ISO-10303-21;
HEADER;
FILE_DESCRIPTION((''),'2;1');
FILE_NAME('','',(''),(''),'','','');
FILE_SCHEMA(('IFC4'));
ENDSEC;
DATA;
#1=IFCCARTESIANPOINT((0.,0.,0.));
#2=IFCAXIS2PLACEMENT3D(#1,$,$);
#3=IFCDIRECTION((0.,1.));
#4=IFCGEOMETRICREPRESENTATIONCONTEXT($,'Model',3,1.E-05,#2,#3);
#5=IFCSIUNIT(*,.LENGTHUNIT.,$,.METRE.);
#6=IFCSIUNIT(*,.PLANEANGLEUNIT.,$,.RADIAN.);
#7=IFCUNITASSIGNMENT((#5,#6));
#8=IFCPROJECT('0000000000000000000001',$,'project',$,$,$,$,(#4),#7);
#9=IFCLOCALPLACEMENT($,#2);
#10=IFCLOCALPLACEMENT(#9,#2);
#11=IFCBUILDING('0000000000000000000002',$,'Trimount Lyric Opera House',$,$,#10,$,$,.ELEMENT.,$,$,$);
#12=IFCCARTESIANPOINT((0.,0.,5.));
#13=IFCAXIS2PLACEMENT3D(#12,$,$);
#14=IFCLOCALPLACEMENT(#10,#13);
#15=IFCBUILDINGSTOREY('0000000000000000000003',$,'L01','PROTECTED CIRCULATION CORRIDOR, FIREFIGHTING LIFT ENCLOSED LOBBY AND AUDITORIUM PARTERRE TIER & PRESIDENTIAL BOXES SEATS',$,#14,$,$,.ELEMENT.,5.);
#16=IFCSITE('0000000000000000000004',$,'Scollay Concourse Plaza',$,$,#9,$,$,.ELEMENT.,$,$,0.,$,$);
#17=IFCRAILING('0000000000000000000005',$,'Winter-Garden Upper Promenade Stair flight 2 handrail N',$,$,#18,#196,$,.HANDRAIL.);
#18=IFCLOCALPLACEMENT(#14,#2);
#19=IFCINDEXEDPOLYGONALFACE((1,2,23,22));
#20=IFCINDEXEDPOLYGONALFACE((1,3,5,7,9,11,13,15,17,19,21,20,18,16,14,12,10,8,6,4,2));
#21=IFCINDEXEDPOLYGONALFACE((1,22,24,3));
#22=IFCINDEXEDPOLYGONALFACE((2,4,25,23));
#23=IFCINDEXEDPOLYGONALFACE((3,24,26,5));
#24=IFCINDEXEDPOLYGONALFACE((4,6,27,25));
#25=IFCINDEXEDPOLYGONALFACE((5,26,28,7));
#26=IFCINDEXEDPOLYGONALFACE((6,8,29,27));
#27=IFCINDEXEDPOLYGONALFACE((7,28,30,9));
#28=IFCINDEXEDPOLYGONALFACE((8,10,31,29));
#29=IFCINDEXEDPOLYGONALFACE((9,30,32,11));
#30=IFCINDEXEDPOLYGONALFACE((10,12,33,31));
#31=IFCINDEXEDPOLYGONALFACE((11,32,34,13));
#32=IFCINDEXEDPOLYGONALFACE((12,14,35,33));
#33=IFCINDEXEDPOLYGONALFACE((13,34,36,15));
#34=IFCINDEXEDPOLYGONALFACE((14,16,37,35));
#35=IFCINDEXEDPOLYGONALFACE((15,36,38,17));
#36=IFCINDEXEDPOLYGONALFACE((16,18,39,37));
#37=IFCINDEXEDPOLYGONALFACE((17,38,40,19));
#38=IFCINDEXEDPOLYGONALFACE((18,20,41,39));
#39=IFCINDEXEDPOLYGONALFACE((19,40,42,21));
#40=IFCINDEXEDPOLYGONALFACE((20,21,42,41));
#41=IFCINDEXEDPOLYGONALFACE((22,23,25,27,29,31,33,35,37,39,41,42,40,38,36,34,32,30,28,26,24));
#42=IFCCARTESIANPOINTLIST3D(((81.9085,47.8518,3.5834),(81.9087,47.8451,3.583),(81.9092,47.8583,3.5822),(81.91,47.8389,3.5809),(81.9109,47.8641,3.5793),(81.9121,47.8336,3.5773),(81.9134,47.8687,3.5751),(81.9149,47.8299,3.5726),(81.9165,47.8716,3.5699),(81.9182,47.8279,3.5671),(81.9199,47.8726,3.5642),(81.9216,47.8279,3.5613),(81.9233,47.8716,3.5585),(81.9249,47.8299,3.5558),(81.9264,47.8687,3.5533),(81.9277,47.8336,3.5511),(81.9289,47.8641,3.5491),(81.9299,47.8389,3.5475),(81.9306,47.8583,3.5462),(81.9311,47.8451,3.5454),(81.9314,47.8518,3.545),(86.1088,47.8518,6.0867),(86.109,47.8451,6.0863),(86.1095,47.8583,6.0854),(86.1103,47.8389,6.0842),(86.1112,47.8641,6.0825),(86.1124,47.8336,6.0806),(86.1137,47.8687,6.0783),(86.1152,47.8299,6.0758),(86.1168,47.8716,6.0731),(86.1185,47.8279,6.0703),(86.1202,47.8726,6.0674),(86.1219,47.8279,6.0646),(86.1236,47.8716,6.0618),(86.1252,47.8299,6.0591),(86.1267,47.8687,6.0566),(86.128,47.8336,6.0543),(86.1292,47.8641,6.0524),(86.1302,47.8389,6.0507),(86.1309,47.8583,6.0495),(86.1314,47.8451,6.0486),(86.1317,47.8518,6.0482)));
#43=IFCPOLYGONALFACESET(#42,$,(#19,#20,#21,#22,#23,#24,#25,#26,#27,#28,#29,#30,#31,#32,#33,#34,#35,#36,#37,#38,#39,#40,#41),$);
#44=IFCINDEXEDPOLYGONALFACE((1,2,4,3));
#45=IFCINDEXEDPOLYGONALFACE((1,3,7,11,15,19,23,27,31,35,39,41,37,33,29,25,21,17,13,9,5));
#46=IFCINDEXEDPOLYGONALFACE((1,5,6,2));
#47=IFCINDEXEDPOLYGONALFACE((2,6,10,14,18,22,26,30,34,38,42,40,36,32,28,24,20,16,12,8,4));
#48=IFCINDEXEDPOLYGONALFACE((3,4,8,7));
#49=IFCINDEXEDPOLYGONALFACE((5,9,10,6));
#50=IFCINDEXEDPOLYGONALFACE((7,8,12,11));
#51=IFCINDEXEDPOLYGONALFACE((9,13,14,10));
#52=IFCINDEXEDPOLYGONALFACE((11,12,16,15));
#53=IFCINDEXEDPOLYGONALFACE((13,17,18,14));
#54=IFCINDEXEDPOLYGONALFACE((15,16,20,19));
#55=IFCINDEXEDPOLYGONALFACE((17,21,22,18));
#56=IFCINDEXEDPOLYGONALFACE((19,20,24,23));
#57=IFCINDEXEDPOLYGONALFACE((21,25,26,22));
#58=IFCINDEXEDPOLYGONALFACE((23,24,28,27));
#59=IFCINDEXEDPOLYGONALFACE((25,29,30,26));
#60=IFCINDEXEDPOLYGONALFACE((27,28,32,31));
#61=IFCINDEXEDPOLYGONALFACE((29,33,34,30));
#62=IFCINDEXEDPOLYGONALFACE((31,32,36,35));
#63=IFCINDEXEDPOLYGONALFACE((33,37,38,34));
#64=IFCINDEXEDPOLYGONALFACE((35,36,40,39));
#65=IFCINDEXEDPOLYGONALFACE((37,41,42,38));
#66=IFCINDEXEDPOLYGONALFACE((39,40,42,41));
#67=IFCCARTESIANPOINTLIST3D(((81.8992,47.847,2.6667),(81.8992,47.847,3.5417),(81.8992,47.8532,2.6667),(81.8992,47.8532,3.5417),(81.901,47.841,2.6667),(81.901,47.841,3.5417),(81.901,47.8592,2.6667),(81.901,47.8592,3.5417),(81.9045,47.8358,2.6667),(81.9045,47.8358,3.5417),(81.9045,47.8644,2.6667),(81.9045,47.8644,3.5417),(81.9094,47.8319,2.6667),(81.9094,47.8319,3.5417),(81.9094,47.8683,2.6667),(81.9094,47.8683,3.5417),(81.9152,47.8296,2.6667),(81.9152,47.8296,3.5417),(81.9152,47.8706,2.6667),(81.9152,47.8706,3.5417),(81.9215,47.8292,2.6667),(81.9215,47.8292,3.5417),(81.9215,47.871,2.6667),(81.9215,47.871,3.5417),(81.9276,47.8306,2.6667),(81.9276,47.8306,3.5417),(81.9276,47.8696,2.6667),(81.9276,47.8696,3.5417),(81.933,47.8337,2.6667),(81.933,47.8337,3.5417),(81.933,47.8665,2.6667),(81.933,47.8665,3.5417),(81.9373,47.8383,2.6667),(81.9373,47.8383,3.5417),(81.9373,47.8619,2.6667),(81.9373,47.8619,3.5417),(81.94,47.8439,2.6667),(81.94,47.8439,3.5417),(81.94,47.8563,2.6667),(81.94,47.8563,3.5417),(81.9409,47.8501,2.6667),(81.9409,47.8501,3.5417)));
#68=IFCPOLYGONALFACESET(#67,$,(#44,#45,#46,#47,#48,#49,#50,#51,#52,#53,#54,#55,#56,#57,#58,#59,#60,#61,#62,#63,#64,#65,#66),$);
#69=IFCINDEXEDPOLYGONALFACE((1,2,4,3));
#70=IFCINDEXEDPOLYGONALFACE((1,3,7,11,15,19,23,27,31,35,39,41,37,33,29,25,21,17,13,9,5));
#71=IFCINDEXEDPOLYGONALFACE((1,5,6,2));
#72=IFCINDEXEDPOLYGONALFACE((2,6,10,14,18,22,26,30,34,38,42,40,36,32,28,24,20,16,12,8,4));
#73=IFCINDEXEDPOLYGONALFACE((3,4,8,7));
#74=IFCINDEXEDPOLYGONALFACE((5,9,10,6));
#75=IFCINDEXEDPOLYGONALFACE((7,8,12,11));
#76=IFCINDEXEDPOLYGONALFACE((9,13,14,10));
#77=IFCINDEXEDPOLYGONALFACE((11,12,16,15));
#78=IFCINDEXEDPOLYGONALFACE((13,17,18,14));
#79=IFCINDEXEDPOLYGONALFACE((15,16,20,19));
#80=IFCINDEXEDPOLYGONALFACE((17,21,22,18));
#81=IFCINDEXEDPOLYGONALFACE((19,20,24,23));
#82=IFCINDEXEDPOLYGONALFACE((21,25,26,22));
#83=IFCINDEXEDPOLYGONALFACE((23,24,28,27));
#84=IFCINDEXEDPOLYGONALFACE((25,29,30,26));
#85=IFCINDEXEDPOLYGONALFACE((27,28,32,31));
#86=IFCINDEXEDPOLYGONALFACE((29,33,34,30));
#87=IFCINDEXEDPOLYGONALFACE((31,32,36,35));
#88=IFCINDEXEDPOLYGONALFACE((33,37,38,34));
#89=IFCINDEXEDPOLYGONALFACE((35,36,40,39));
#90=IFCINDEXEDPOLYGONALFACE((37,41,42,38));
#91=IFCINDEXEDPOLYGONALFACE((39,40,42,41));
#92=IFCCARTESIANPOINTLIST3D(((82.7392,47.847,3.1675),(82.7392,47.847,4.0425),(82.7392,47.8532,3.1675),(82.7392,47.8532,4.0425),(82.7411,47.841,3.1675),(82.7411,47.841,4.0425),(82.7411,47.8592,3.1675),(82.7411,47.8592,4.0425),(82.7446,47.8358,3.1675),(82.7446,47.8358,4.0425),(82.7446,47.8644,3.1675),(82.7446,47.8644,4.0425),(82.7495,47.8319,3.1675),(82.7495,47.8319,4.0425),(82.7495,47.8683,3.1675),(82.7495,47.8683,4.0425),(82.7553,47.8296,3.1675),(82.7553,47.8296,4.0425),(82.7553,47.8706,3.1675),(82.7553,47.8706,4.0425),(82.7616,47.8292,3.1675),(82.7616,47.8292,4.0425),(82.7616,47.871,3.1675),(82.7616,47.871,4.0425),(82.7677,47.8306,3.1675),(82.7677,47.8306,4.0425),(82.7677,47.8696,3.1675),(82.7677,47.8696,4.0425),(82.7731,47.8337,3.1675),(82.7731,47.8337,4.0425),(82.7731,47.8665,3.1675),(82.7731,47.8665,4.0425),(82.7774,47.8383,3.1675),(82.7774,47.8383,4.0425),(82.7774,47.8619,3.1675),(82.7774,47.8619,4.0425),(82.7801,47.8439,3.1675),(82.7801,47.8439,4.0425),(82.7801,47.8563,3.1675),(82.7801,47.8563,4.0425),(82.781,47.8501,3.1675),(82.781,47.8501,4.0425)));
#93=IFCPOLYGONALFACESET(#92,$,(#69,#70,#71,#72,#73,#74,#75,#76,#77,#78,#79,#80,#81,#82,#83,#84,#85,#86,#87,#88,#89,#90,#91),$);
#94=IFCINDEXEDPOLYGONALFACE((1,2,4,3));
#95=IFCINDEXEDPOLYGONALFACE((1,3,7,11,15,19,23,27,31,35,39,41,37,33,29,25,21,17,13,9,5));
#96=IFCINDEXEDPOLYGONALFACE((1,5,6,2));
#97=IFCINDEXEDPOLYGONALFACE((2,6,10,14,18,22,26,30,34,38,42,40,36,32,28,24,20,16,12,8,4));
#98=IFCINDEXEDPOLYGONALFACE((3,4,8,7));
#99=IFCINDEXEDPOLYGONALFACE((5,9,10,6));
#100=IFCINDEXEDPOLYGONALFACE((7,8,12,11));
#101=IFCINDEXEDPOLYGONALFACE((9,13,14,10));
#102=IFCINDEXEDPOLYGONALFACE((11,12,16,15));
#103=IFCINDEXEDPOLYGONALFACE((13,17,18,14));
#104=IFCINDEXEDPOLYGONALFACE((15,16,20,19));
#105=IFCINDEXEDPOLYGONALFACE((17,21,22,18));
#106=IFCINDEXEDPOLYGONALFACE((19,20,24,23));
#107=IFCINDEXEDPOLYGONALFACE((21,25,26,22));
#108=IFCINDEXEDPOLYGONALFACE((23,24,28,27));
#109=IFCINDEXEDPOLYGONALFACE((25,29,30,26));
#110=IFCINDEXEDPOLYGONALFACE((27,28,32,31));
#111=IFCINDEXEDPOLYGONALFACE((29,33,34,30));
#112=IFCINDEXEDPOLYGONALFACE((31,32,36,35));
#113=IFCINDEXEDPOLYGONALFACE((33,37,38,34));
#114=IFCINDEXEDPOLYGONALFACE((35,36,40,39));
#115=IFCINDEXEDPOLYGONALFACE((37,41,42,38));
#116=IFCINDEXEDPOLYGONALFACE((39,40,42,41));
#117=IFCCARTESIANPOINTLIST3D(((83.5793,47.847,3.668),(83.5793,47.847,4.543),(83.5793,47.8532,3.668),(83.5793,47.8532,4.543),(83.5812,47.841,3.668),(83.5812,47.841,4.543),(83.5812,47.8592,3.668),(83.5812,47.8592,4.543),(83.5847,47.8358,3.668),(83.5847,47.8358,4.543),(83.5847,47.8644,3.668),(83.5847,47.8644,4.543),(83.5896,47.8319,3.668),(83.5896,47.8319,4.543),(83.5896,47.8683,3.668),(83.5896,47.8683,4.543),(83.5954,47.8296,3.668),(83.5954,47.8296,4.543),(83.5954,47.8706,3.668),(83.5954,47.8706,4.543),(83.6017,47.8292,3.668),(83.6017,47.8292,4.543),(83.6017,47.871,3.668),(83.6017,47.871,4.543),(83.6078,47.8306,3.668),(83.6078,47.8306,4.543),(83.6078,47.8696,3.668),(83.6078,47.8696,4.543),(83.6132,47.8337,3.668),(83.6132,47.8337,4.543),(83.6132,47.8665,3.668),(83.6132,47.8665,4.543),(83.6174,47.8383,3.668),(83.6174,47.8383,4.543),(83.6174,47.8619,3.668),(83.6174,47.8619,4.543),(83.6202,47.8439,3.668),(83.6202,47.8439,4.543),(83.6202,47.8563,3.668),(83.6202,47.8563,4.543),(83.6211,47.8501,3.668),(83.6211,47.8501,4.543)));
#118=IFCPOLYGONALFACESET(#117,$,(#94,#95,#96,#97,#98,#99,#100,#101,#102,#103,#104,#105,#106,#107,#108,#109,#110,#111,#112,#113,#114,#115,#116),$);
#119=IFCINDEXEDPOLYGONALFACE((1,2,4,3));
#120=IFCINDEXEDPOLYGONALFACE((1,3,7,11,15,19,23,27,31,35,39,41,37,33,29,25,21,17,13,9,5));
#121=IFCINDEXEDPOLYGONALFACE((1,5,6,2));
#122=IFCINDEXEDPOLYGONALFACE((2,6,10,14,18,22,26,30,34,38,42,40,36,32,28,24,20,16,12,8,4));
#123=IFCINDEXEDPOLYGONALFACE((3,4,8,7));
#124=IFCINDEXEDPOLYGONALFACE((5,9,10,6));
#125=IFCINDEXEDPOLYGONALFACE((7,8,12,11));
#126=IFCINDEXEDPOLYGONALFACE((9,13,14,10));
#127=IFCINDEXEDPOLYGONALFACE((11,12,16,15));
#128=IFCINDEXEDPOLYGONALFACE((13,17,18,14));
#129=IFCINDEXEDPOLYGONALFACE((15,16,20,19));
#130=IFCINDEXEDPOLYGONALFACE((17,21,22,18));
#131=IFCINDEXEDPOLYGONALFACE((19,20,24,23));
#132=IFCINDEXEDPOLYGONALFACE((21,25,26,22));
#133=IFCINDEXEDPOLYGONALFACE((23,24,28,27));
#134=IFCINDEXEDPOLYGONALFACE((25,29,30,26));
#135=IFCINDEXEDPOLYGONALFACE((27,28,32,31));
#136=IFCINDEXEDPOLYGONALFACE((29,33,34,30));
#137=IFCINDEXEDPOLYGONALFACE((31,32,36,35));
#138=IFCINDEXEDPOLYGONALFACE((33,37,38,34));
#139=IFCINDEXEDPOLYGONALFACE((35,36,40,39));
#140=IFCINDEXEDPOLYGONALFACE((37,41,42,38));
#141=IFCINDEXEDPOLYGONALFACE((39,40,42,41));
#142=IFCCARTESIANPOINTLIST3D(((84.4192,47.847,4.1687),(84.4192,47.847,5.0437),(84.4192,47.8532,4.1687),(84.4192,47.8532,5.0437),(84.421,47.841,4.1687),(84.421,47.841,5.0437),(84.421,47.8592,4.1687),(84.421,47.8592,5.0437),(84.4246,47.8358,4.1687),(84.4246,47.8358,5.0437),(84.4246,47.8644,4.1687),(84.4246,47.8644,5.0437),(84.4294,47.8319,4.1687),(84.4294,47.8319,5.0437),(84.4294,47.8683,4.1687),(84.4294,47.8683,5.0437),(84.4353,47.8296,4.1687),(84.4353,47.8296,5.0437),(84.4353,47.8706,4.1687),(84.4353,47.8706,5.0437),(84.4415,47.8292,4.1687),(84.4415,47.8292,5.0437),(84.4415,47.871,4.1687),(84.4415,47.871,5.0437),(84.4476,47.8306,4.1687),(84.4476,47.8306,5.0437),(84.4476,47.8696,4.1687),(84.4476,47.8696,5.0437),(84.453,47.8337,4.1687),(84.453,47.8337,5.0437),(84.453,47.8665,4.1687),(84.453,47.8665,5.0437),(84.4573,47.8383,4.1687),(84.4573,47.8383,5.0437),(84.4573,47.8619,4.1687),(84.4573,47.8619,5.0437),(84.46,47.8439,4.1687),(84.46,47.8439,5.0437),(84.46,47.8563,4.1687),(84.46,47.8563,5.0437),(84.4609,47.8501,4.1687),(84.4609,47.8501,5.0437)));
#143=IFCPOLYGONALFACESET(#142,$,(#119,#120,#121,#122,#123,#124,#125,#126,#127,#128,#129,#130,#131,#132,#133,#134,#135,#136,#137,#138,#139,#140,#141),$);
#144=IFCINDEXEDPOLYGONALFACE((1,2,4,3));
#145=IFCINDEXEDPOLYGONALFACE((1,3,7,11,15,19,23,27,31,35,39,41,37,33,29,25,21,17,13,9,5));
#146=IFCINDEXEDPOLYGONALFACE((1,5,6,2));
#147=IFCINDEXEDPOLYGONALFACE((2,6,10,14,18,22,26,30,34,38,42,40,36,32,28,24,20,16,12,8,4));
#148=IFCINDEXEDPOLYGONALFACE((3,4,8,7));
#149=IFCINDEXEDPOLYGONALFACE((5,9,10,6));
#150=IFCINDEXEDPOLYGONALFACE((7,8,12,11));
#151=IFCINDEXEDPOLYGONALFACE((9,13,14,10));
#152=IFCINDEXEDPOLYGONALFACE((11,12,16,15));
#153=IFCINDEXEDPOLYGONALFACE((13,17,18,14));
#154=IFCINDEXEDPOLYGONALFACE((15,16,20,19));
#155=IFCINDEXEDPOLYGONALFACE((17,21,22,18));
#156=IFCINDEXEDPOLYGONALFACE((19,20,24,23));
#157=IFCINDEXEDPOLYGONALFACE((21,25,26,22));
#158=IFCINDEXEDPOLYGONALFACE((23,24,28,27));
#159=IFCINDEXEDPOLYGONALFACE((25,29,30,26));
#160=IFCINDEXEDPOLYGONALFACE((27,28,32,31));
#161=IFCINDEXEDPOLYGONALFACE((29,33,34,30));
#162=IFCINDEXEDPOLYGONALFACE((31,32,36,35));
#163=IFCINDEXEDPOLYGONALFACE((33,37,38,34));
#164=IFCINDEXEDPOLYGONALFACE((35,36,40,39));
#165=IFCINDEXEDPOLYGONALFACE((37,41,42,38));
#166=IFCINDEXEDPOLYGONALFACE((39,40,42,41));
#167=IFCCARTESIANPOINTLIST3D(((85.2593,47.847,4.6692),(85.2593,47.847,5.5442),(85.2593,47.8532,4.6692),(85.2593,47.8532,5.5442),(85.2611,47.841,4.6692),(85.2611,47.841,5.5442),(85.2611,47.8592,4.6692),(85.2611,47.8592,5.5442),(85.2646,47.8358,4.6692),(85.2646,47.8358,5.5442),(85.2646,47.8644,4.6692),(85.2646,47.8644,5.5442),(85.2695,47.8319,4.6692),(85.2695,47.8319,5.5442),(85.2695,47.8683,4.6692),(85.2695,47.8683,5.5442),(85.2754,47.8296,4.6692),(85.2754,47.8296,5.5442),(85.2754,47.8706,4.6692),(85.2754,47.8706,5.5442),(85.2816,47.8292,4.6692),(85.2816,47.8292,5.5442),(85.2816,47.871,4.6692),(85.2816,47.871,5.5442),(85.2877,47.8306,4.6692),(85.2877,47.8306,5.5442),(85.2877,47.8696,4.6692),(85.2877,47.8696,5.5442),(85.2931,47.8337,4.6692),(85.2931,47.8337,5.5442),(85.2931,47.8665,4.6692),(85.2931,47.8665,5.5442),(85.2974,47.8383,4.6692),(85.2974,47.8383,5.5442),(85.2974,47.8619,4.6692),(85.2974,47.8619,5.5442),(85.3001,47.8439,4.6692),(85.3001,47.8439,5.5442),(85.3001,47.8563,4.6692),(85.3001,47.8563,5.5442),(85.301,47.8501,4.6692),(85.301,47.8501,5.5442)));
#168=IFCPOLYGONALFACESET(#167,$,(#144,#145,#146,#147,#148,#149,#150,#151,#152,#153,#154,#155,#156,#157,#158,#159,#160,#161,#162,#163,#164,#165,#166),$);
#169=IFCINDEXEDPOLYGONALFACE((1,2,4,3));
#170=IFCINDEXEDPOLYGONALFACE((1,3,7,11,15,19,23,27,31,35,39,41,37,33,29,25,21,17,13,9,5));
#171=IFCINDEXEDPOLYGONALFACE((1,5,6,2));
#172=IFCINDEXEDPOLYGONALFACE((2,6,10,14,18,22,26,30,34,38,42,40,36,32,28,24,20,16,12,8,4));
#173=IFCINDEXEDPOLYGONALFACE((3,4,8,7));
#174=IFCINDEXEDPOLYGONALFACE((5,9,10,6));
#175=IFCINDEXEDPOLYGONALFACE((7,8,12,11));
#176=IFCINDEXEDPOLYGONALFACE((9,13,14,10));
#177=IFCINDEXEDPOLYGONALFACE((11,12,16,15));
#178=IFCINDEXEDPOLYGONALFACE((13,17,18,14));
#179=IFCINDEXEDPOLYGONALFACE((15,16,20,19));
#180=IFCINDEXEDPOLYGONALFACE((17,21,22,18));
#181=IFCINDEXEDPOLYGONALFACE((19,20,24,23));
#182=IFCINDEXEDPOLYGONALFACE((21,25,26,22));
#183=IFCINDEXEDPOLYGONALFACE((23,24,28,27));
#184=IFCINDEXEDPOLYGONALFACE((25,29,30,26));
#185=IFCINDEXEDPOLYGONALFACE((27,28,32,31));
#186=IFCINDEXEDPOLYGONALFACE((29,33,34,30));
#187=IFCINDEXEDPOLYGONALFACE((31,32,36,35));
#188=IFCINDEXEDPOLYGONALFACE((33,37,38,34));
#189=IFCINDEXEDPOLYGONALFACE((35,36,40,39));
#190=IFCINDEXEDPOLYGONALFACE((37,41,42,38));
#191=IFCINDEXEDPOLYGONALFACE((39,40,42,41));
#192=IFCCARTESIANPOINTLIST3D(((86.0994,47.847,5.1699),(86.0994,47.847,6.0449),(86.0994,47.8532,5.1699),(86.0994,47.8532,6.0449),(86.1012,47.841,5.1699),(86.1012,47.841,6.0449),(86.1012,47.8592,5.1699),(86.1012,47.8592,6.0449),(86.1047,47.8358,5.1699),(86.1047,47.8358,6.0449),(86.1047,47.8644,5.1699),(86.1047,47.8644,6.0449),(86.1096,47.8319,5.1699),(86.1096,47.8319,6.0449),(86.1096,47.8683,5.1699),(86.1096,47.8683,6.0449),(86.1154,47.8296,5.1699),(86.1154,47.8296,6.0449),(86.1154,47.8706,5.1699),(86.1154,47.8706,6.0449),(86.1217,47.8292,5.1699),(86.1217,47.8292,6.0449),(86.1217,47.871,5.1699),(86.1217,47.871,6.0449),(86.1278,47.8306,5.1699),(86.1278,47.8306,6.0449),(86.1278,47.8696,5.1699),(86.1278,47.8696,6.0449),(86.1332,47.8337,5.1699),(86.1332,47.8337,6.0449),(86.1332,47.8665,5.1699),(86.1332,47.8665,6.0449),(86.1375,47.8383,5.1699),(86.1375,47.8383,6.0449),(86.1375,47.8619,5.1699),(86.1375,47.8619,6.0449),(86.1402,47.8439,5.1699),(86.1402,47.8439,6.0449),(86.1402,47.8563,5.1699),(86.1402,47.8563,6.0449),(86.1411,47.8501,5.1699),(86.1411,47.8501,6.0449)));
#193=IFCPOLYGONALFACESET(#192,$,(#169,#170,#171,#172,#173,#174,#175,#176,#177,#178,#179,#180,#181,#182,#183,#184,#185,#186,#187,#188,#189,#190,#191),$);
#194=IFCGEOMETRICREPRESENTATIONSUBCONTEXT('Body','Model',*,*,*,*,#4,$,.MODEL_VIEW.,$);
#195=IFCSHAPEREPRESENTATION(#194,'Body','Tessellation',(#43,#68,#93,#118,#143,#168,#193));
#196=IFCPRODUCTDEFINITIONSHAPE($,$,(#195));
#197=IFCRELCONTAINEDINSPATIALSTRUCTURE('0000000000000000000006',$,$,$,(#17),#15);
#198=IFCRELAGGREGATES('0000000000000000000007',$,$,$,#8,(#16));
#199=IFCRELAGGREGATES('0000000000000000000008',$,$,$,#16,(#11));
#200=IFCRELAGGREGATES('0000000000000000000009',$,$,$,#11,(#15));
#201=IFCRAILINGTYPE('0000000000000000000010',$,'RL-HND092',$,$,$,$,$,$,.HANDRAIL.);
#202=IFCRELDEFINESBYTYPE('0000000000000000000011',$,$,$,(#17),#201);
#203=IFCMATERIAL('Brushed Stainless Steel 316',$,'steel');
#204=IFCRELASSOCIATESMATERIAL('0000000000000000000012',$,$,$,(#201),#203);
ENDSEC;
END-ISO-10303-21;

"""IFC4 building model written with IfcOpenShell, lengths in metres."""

from ifc_helpers import new_model, si_unit, direction, frame, origin, origin_2d, place, context, subcontext, project, spatial, circle, extrude, material, type_object, element, save


model = new_model("IFC4")

# Units and contexts
model_context = context("Model", 3, precision=1e-05, world=origin(), true_north=direction((0.0, 1.0)))
body_context = subcontext(model_context, "Body", "Model", "MODEL_VIEW")
ifc_project = project(units=[si_unit("LENGTHUNIT", "METRE"), si_unit("PLANEANGLEUNIT", "RADIAN")], contexts=[model_context])

# Site, building, storey
site_placement = place(None, origin())
site = spatial("IfcSite", under=ifc_project, at=site_placement, Name="Scollay Concourse Plaza", CompositionType="ELEMENT", RefElevation=0.0)
building_placement = place(site_placement, origin())
building = spatial("IfcBuilding", under=site, at=building_placement, Name="Trimount Lyric Opera House", CompositionType="ELEMENT")
storey_placement = place(building_placement, frame((0.0, 0.0, 5.0)))
storey = spatial("IfcBuildingStorey", under=building, at=storey_placement, Name="L01", Description="PROTECTED CIRCULATION CORRIDOR, FIREFIGHTING LIFT ENCLOSED LOBBY AND AUDITORIUM PARTERRE TIER & PRESIDENTIAL BOXES SEATS", CompositionType="ELEMENT", Elevation=5.0)

# Railing
ifc_material_1 = material(Name="Brushed Stainless Steel 316", Category="steel")
railing_type_1 = type_object("IfcRailingType", Name="RL-HND092", PredefinedType="HANDRAIL", material=ifc_material_1)
railing_1_placement = place(storey_placement, frame((81.9199, 47.8501, 2.6667)))
element("IfcRailing", 1, at=railing_1_placement, inside=storey, type_object=railing_type_1, Name="Winter-Garden Upper Promenade Stair flight 2 handrail N", PredefinedType="HANDRAIL", context=body_context, shape_type="SweptSolid", body=[
    extrude(circle(Radius=0.0225, at=origin_2d()), frame((0.0, 0.0, 0.8975), z_axis=(0.859018, 0.0, 0.511946), x_axis=(0.0, 1.0, 0.0)), (0.0, 0.0, 1.0), 4.8896),
    extrude(circle(Radius=0.021, at=origin_2d()), origin(), (0.0, 0.0, 1.0), 0.875),
    extrude(circle(Radius=0.021, at=origin_2d()), frame((0.8401, 0.0, 0.5007)), (0.0, 0.0, 1.0), 0.875),
    extrude(circle(Radius=0.021, at=origin_2d()), frame((1.6802, 0.0, 1.0012)), (0.0, 0.0, 1.0), 0.875),
    extrude(circle(Radius=0.021, at=origin_2d()), frame((2.52, 0.0, 1.502)), (0.0, 0.0, 1.0), 0.875),
    extrude(circle(Radius=0.021, at=origin_2d()), frame((3.3601, 0.0, 2.0024)), (0.0, 0.0, 1.0), 0.875),
    extrude(circle(Radius=0.021, at=origin_2d()), frame((4.2002, 0.0, 2.5032)), (0.0, 0.0, 1.0), 0.875),
])

save(model, "model.ifc")
